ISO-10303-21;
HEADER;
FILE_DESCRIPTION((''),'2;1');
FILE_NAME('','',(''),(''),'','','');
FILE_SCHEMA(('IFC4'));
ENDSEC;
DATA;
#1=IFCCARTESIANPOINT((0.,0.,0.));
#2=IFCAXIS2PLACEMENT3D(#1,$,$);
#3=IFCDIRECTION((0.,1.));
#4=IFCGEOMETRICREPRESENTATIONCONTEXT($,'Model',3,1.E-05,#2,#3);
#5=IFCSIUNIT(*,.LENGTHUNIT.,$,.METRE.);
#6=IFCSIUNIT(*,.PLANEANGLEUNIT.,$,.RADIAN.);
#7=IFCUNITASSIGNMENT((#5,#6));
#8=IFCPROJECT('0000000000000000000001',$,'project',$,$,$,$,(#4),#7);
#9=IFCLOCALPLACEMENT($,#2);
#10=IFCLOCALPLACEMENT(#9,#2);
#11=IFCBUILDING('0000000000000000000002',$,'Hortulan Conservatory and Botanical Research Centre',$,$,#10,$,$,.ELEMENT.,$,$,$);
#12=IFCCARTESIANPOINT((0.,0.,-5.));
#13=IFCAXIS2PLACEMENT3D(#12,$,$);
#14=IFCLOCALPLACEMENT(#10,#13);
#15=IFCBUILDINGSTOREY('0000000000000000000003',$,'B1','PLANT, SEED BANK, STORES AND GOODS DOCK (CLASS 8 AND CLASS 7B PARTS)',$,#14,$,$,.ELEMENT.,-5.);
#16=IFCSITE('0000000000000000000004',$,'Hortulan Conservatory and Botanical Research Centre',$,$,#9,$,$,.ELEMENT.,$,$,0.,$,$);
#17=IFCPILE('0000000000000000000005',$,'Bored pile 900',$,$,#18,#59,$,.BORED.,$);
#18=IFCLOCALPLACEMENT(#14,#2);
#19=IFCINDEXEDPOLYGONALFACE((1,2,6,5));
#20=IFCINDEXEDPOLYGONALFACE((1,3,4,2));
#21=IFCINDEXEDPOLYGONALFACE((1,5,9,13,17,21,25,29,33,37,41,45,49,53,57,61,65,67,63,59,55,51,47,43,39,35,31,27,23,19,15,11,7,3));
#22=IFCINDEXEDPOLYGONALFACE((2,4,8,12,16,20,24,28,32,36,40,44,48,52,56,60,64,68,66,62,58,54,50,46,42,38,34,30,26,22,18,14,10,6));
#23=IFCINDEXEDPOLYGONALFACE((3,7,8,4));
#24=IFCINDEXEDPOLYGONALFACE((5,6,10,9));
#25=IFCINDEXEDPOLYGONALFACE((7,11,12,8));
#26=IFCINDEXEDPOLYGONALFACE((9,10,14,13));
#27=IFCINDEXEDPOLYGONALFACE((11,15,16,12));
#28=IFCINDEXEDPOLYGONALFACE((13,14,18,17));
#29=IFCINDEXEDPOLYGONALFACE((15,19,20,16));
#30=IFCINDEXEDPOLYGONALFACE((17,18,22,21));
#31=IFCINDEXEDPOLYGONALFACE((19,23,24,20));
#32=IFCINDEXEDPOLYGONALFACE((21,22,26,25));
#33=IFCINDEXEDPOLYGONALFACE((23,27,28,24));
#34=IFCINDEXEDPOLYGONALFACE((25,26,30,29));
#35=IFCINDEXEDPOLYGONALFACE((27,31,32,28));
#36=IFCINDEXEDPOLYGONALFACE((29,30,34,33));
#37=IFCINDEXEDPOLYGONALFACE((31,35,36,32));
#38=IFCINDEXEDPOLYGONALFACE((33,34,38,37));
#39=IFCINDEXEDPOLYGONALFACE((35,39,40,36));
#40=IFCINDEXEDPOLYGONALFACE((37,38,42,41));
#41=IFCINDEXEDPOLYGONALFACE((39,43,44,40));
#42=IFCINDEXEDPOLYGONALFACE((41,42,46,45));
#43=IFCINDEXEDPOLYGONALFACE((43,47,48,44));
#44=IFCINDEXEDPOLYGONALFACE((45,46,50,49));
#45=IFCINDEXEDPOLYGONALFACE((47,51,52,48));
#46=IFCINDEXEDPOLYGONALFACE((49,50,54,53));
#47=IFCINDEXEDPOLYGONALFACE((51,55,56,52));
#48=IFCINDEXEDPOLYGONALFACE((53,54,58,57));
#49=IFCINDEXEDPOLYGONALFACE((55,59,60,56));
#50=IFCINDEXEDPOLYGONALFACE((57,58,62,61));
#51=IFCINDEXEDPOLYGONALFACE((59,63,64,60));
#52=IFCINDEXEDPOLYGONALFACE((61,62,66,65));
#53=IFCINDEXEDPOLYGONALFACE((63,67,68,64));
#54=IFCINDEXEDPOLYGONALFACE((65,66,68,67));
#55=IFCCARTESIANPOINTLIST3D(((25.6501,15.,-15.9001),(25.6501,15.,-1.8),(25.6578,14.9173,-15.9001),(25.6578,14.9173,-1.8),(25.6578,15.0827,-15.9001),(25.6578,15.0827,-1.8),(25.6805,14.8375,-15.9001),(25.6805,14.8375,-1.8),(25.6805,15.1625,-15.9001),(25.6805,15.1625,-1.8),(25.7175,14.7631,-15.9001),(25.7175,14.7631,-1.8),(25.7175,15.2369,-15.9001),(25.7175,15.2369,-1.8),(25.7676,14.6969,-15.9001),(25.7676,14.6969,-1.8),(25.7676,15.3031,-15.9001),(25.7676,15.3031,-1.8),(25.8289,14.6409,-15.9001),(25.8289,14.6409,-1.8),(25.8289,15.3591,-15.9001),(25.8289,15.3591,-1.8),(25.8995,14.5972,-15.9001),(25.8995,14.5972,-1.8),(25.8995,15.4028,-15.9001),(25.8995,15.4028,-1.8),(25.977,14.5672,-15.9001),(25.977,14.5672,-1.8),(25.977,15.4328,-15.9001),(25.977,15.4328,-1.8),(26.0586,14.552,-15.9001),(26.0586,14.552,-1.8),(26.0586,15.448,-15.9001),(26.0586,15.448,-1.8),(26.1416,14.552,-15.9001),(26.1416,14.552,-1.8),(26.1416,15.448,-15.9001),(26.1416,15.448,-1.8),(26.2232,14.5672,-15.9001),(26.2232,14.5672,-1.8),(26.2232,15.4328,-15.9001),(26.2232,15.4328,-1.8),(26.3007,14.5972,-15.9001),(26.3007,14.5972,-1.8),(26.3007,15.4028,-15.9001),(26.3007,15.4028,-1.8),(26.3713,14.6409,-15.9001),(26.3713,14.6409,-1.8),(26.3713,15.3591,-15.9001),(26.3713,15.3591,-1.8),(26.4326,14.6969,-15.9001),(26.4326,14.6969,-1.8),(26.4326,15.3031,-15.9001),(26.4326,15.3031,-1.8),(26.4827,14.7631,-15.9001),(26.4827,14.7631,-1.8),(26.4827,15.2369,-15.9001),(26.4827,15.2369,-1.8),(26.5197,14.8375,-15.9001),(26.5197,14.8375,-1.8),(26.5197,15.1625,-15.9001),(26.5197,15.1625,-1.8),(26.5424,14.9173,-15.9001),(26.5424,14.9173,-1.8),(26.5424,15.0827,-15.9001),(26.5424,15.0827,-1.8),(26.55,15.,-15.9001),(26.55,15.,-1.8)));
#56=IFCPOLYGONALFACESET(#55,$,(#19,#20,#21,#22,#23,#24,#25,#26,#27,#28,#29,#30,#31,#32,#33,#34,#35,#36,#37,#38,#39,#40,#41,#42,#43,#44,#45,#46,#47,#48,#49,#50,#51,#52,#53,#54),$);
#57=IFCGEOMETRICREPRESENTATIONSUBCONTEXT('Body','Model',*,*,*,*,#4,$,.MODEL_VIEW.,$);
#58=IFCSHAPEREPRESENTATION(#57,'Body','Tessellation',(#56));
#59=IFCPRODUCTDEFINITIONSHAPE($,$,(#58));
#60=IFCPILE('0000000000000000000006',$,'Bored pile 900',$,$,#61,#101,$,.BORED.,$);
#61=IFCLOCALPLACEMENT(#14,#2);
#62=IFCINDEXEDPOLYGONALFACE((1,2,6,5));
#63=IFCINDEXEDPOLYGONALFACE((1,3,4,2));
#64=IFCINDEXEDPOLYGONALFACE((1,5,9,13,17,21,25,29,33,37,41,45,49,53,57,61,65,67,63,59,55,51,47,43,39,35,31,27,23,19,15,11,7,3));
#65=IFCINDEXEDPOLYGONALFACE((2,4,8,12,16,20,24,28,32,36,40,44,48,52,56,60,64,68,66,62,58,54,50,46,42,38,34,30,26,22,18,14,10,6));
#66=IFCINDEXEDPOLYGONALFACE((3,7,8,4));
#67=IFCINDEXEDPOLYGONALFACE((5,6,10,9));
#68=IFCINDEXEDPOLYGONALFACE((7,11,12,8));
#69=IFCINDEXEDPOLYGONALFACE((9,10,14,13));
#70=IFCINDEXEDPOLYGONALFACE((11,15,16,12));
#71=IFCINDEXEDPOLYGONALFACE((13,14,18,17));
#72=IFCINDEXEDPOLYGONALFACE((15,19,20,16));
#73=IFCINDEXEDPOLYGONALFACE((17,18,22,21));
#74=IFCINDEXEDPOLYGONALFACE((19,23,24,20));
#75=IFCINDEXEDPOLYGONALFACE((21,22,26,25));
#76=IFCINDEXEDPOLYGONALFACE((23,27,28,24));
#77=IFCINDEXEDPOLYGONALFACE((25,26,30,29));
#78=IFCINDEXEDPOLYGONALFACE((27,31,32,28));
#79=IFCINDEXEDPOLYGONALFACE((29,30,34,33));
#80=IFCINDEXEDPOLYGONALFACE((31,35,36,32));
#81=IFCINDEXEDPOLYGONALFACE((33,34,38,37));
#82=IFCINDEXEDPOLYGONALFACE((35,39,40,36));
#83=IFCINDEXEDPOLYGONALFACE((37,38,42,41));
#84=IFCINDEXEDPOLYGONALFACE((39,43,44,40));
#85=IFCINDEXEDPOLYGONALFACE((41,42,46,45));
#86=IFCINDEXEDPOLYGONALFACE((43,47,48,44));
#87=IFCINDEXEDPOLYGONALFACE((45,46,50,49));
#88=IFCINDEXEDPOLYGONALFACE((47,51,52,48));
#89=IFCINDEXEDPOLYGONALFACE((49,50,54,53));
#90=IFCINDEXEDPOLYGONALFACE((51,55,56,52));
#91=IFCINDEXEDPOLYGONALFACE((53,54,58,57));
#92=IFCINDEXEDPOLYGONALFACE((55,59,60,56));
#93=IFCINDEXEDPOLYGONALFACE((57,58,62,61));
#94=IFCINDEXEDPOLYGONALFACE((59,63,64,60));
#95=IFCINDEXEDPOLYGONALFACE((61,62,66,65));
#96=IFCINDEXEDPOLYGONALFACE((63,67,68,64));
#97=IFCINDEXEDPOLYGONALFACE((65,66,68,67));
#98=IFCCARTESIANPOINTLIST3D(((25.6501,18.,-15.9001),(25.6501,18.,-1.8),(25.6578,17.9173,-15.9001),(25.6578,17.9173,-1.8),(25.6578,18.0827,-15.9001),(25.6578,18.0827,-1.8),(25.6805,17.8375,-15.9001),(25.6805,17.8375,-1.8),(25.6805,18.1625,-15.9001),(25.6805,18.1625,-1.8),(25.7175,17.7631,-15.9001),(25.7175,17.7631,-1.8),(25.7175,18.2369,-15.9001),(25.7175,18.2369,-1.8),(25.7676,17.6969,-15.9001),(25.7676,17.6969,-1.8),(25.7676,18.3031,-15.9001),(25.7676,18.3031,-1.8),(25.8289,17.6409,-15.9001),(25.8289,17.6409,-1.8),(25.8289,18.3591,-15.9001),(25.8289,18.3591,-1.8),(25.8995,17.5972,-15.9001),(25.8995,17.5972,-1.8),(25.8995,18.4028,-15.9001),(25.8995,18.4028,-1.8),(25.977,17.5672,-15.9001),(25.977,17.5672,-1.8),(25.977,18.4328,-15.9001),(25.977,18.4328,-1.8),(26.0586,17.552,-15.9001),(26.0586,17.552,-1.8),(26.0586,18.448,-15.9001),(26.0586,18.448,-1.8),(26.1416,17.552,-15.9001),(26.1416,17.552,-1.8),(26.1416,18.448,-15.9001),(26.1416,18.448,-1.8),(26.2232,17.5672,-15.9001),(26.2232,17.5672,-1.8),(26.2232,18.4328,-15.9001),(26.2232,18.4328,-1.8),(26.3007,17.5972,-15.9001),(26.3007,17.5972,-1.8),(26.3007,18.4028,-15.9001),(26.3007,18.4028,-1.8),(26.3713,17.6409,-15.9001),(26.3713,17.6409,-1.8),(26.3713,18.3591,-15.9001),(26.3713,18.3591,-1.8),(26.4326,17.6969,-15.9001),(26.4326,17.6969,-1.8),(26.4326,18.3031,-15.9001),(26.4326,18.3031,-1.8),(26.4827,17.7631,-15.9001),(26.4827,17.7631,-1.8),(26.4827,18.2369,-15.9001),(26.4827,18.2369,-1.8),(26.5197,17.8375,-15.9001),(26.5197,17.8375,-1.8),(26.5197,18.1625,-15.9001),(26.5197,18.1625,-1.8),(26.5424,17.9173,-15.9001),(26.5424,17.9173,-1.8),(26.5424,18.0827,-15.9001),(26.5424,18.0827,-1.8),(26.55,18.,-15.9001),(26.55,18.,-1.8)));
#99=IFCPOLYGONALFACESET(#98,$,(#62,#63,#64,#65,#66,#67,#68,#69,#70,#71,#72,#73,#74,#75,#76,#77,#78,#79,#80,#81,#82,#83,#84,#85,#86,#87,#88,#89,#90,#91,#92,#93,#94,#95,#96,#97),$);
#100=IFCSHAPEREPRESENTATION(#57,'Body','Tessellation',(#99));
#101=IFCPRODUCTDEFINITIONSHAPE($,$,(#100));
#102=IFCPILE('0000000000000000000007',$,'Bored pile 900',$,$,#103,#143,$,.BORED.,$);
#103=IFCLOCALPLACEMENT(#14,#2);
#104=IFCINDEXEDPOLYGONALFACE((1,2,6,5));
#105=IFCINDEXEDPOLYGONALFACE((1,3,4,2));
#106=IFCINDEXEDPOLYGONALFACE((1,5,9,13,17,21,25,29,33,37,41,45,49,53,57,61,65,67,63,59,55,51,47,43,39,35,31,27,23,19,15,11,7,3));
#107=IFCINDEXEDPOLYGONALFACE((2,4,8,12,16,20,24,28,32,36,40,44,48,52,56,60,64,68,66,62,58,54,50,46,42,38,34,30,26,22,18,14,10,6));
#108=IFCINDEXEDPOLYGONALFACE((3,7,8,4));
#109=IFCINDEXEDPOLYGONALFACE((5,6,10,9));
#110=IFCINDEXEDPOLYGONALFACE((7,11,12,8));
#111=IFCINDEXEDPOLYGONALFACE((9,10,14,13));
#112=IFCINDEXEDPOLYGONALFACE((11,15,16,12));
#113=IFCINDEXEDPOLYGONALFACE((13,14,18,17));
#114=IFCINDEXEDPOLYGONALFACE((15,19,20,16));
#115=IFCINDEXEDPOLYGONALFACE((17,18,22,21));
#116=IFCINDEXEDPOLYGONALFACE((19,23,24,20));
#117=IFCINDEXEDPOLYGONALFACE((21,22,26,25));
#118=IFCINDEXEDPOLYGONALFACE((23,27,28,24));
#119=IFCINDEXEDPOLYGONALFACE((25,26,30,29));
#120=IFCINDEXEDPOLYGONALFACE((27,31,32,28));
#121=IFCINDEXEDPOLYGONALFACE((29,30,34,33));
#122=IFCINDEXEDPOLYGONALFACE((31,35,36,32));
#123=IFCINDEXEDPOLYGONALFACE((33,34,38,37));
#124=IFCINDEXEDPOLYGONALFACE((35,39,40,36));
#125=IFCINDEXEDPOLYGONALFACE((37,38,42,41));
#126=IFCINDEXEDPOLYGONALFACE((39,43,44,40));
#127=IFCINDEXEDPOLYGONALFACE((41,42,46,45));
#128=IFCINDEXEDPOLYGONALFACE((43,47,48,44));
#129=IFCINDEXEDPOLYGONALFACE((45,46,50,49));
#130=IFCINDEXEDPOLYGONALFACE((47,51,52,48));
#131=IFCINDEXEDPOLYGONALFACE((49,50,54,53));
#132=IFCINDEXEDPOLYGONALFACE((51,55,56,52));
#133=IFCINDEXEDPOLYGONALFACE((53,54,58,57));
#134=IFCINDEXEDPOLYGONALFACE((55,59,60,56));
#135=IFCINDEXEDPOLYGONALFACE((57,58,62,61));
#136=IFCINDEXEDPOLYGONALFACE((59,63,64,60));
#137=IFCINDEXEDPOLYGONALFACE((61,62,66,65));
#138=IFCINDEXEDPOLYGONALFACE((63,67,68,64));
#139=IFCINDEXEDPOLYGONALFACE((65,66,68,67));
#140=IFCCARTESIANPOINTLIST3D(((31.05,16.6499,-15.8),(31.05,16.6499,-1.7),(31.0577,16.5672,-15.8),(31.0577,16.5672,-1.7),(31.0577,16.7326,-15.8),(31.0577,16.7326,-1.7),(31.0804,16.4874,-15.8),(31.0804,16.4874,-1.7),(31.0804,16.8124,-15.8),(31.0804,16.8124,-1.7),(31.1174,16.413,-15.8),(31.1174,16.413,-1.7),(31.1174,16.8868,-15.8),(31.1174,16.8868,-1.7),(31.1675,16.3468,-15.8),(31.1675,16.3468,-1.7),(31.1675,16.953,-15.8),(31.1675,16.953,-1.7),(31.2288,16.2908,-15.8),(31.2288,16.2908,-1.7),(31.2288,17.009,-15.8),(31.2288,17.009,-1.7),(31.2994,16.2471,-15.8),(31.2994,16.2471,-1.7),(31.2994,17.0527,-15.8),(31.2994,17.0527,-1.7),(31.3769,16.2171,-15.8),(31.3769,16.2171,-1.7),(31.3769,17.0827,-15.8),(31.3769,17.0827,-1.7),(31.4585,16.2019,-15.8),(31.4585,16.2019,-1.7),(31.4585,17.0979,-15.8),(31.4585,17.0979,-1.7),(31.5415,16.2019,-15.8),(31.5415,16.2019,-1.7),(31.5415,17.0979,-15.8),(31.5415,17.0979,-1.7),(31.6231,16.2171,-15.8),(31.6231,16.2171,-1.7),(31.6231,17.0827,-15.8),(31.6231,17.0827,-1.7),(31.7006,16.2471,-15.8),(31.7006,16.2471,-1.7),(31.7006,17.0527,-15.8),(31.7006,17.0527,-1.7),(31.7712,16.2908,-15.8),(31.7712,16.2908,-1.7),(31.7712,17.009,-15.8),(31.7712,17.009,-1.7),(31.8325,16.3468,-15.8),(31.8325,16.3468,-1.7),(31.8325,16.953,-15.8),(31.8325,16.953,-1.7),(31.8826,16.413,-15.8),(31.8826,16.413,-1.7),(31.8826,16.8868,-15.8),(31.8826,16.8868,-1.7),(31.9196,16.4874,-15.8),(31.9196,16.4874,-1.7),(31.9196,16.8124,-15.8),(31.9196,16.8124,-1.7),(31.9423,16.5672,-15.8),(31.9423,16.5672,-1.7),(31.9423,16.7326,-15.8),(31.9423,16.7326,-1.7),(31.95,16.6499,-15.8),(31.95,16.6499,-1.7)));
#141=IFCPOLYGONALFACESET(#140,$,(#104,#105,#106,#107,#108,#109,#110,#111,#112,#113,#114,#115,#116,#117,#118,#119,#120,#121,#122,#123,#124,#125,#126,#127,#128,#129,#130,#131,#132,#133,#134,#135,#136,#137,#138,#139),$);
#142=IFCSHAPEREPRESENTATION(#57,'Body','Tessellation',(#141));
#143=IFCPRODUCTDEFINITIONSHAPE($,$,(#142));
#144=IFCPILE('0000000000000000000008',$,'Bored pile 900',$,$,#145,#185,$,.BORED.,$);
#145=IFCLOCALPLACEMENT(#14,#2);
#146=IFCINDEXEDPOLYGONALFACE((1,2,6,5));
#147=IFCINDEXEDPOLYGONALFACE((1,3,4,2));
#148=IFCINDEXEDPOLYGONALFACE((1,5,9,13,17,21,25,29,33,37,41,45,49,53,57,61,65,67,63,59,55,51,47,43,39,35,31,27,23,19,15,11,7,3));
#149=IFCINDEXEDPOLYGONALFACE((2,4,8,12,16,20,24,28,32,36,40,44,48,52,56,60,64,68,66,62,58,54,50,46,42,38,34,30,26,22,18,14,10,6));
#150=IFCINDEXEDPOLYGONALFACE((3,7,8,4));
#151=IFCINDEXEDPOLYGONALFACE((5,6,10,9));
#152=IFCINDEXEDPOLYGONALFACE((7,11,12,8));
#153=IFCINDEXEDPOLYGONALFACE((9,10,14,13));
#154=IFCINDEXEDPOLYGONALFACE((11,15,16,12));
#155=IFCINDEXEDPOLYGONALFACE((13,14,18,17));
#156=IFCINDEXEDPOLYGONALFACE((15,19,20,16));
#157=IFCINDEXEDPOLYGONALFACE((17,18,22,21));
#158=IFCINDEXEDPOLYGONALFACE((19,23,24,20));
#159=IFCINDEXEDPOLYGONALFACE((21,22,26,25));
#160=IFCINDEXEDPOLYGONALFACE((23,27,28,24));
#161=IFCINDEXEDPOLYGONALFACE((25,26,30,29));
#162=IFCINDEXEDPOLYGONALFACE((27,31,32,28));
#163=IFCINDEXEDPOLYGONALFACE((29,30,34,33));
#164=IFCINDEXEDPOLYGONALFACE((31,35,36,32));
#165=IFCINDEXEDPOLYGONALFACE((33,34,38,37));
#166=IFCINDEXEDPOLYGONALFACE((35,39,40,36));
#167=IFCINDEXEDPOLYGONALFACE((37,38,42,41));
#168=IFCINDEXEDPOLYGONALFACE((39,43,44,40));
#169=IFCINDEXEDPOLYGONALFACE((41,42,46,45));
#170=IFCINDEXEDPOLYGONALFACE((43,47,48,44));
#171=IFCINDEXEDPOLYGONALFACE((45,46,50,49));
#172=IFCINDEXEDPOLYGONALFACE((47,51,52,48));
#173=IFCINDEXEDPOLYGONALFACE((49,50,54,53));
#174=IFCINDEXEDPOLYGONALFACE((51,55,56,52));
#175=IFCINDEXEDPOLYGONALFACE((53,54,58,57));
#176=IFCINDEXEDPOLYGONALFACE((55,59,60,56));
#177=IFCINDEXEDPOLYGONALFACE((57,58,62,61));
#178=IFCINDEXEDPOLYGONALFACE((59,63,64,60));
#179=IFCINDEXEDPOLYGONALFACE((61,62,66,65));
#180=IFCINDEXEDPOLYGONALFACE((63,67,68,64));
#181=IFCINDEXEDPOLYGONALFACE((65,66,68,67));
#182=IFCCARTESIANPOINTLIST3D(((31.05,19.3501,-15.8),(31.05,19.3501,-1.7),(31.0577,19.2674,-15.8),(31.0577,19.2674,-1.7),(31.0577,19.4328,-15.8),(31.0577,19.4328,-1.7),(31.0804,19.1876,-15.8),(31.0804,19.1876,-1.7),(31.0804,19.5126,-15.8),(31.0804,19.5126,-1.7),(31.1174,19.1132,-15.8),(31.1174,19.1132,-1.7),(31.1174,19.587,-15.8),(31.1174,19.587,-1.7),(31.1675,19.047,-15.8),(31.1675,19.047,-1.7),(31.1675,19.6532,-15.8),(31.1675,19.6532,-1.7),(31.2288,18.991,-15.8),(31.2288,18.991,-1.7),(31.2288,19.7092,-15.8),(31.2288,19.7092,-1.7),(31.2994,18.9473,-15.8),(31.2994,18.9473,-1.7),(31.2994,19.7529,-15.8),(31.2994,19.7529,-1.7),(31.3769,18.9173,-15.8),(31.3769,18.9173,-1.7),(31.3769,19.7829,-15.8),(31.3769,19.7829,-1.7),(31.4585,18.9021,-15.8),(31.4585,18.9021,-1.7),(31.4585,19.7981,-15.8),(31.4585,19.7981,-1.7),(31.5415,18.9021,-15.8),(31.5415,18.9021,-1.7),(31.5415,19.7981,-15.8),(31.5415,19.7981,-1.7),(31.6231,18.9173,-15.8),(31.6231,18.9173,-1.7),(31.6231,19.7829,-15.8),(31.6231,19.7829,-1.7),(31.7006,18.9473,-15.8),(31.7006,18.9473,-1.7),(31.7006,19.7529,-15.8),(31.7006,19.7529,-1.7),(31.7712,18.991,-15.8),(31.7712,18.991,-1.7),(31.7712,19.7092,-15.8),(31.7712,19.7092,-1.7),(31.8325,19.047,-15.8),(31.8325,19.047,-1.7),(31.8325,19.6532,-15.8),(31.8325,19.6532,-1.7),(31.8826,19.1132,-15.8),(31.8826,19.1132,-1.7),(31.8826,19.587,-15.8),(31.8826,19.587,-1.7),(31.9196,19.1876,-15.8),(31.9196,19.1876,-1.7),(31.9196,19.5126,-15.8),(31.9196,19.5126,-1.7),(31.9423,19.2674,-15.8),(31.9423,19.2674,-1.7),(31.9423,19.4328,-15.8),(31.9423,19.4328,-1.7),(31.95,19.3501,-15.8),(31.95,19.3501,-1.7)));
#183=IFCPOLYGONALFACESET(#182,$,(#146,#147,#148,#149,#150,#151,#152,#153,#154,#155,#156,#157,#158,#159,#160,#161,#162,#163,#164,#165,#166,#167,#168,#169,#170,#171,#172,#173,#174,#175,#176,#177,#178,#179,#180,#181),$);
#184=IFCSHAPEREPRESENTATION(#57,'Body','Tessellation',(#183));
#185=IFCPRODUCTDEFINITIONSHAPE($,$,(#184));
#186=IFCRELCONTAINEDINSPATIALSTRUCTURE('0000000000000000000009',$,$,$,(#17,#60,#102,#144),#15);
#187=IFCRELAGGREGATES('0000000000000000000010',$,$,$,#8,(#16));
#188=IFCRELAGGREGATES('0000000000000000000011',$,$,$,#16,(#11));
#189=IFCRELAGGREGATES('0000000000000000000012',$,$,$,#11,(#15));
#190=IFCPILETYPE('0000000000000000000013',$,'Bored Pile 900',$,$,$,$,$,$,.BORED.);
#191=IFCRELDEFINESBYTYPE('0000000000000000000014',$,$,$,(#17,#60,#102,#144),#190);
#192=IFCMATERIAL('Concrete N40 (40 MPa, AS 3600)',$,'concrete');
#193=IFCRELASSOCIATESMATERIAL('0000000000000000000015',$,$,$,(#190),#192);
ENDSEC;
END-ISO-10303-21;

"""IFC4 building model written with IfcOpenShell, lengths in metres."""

from ifc_helpers import new_model, si_unit, direction, frame, origin, origin_2d, place, context, subcontext, project, spatial, circle, extrude, material, material_profile, profile_set, type_object, element, save


model = new_model("IFC4")

# Units and contexts
model_context = context("Model", 3, precision=1e-05, world=origin(), true_north=direction((0.0, 1.0)))
body_context = subcontext(model_context, "Body", "Model", "MODEL_VIEW")
ifc_project = project(units=[si_unit("LENGTHUNIT", "METRE"), si_unit("PLANEANGLEUNIT", "RADIAN")], contexts=[model_context])

# Site, building, storey
site_placement = place(None, origin())
site = spatial("IfcSite", under=ifc_project, at=site_placement, Name="Hortulan Conservatory and Botanical Research Centre", CompositionType="ELEMENT", RefElevation=0.0)
building_placement = place(site_placement, origin())
building = spatial("IfcBuilding", under=site, at=building_placement, Name="Hortulan Conservatory and Botanical Research Centre", CompositionType="ELEMENT")
storey_placement = place(building_placement, frame((0.0, 0.0, -5.0)))
storey = spatial("IfcBuildingStorey", under=building, at=storey_placement, Name="B1", Description="PLANT, SEED BANK, STORES AND GOODS DOCK (CLASS 8 AND CLASS 7B PARTS)", CompositionType="ELEMENT", Elevation=-5.0)

# Piles
ifc_material_1 = material(Name="Concrete N40 (40 MPa, AS 3600)", Category="concrete")
ifc_material_profile_1 = material_profile(ifc_material_1, circle(Radius=0.45, at=origin_2d()), Name="Bored pile 900 diameter")
ifc_profile_set_1 = profile_set([ifc_material_profile_1], Name="Concrete N40 (40 MPa, AS 3600)")
pile_type_1 = type_object("IfcPileType", Name="Bored Pile 900", PredefinedType="BORED", material=ifc_profile_set_1)
for number, where, z_axis, x_axis, name in (
    (1, (26.1001, 15.0, -1.8), (0.0, 0.0, -1.0), (1.0, 0.0, 0.0), "Bored pile 900"),
    (2, (26.1001, 18.0, -1.8), (0.0, 0.0, -1.0), (1.0, 0.0, 0.0), "Bored pile 900"),
    (3, (31.5, 16.6499, -1.7), (0.0, 0.0, -1.0), (1.0, 0.0, 0.0), "Bored pile 900"),
    (4, (31.5, 19.3501, -1.7), (0.0, 0.0, -1.0), (1.0, 0.0, 0.0), "Bored pile 900"),
):
    element("IfcPile", number, at=place(storey_placement, frame(where, z_axis=z_axis, x_axis=x_axis)), inside=storey, type_object=pile_type_1, Name=name, PredefinedType="BORED", context=body_context, shape_type="SweptSolid", body=[
        extrude(circle(Radius=0.45, at=origin_2d()), origin(), (0.0, 0.0, 1.0), 14.1001),
    ])

save(model, "model.ifc")
